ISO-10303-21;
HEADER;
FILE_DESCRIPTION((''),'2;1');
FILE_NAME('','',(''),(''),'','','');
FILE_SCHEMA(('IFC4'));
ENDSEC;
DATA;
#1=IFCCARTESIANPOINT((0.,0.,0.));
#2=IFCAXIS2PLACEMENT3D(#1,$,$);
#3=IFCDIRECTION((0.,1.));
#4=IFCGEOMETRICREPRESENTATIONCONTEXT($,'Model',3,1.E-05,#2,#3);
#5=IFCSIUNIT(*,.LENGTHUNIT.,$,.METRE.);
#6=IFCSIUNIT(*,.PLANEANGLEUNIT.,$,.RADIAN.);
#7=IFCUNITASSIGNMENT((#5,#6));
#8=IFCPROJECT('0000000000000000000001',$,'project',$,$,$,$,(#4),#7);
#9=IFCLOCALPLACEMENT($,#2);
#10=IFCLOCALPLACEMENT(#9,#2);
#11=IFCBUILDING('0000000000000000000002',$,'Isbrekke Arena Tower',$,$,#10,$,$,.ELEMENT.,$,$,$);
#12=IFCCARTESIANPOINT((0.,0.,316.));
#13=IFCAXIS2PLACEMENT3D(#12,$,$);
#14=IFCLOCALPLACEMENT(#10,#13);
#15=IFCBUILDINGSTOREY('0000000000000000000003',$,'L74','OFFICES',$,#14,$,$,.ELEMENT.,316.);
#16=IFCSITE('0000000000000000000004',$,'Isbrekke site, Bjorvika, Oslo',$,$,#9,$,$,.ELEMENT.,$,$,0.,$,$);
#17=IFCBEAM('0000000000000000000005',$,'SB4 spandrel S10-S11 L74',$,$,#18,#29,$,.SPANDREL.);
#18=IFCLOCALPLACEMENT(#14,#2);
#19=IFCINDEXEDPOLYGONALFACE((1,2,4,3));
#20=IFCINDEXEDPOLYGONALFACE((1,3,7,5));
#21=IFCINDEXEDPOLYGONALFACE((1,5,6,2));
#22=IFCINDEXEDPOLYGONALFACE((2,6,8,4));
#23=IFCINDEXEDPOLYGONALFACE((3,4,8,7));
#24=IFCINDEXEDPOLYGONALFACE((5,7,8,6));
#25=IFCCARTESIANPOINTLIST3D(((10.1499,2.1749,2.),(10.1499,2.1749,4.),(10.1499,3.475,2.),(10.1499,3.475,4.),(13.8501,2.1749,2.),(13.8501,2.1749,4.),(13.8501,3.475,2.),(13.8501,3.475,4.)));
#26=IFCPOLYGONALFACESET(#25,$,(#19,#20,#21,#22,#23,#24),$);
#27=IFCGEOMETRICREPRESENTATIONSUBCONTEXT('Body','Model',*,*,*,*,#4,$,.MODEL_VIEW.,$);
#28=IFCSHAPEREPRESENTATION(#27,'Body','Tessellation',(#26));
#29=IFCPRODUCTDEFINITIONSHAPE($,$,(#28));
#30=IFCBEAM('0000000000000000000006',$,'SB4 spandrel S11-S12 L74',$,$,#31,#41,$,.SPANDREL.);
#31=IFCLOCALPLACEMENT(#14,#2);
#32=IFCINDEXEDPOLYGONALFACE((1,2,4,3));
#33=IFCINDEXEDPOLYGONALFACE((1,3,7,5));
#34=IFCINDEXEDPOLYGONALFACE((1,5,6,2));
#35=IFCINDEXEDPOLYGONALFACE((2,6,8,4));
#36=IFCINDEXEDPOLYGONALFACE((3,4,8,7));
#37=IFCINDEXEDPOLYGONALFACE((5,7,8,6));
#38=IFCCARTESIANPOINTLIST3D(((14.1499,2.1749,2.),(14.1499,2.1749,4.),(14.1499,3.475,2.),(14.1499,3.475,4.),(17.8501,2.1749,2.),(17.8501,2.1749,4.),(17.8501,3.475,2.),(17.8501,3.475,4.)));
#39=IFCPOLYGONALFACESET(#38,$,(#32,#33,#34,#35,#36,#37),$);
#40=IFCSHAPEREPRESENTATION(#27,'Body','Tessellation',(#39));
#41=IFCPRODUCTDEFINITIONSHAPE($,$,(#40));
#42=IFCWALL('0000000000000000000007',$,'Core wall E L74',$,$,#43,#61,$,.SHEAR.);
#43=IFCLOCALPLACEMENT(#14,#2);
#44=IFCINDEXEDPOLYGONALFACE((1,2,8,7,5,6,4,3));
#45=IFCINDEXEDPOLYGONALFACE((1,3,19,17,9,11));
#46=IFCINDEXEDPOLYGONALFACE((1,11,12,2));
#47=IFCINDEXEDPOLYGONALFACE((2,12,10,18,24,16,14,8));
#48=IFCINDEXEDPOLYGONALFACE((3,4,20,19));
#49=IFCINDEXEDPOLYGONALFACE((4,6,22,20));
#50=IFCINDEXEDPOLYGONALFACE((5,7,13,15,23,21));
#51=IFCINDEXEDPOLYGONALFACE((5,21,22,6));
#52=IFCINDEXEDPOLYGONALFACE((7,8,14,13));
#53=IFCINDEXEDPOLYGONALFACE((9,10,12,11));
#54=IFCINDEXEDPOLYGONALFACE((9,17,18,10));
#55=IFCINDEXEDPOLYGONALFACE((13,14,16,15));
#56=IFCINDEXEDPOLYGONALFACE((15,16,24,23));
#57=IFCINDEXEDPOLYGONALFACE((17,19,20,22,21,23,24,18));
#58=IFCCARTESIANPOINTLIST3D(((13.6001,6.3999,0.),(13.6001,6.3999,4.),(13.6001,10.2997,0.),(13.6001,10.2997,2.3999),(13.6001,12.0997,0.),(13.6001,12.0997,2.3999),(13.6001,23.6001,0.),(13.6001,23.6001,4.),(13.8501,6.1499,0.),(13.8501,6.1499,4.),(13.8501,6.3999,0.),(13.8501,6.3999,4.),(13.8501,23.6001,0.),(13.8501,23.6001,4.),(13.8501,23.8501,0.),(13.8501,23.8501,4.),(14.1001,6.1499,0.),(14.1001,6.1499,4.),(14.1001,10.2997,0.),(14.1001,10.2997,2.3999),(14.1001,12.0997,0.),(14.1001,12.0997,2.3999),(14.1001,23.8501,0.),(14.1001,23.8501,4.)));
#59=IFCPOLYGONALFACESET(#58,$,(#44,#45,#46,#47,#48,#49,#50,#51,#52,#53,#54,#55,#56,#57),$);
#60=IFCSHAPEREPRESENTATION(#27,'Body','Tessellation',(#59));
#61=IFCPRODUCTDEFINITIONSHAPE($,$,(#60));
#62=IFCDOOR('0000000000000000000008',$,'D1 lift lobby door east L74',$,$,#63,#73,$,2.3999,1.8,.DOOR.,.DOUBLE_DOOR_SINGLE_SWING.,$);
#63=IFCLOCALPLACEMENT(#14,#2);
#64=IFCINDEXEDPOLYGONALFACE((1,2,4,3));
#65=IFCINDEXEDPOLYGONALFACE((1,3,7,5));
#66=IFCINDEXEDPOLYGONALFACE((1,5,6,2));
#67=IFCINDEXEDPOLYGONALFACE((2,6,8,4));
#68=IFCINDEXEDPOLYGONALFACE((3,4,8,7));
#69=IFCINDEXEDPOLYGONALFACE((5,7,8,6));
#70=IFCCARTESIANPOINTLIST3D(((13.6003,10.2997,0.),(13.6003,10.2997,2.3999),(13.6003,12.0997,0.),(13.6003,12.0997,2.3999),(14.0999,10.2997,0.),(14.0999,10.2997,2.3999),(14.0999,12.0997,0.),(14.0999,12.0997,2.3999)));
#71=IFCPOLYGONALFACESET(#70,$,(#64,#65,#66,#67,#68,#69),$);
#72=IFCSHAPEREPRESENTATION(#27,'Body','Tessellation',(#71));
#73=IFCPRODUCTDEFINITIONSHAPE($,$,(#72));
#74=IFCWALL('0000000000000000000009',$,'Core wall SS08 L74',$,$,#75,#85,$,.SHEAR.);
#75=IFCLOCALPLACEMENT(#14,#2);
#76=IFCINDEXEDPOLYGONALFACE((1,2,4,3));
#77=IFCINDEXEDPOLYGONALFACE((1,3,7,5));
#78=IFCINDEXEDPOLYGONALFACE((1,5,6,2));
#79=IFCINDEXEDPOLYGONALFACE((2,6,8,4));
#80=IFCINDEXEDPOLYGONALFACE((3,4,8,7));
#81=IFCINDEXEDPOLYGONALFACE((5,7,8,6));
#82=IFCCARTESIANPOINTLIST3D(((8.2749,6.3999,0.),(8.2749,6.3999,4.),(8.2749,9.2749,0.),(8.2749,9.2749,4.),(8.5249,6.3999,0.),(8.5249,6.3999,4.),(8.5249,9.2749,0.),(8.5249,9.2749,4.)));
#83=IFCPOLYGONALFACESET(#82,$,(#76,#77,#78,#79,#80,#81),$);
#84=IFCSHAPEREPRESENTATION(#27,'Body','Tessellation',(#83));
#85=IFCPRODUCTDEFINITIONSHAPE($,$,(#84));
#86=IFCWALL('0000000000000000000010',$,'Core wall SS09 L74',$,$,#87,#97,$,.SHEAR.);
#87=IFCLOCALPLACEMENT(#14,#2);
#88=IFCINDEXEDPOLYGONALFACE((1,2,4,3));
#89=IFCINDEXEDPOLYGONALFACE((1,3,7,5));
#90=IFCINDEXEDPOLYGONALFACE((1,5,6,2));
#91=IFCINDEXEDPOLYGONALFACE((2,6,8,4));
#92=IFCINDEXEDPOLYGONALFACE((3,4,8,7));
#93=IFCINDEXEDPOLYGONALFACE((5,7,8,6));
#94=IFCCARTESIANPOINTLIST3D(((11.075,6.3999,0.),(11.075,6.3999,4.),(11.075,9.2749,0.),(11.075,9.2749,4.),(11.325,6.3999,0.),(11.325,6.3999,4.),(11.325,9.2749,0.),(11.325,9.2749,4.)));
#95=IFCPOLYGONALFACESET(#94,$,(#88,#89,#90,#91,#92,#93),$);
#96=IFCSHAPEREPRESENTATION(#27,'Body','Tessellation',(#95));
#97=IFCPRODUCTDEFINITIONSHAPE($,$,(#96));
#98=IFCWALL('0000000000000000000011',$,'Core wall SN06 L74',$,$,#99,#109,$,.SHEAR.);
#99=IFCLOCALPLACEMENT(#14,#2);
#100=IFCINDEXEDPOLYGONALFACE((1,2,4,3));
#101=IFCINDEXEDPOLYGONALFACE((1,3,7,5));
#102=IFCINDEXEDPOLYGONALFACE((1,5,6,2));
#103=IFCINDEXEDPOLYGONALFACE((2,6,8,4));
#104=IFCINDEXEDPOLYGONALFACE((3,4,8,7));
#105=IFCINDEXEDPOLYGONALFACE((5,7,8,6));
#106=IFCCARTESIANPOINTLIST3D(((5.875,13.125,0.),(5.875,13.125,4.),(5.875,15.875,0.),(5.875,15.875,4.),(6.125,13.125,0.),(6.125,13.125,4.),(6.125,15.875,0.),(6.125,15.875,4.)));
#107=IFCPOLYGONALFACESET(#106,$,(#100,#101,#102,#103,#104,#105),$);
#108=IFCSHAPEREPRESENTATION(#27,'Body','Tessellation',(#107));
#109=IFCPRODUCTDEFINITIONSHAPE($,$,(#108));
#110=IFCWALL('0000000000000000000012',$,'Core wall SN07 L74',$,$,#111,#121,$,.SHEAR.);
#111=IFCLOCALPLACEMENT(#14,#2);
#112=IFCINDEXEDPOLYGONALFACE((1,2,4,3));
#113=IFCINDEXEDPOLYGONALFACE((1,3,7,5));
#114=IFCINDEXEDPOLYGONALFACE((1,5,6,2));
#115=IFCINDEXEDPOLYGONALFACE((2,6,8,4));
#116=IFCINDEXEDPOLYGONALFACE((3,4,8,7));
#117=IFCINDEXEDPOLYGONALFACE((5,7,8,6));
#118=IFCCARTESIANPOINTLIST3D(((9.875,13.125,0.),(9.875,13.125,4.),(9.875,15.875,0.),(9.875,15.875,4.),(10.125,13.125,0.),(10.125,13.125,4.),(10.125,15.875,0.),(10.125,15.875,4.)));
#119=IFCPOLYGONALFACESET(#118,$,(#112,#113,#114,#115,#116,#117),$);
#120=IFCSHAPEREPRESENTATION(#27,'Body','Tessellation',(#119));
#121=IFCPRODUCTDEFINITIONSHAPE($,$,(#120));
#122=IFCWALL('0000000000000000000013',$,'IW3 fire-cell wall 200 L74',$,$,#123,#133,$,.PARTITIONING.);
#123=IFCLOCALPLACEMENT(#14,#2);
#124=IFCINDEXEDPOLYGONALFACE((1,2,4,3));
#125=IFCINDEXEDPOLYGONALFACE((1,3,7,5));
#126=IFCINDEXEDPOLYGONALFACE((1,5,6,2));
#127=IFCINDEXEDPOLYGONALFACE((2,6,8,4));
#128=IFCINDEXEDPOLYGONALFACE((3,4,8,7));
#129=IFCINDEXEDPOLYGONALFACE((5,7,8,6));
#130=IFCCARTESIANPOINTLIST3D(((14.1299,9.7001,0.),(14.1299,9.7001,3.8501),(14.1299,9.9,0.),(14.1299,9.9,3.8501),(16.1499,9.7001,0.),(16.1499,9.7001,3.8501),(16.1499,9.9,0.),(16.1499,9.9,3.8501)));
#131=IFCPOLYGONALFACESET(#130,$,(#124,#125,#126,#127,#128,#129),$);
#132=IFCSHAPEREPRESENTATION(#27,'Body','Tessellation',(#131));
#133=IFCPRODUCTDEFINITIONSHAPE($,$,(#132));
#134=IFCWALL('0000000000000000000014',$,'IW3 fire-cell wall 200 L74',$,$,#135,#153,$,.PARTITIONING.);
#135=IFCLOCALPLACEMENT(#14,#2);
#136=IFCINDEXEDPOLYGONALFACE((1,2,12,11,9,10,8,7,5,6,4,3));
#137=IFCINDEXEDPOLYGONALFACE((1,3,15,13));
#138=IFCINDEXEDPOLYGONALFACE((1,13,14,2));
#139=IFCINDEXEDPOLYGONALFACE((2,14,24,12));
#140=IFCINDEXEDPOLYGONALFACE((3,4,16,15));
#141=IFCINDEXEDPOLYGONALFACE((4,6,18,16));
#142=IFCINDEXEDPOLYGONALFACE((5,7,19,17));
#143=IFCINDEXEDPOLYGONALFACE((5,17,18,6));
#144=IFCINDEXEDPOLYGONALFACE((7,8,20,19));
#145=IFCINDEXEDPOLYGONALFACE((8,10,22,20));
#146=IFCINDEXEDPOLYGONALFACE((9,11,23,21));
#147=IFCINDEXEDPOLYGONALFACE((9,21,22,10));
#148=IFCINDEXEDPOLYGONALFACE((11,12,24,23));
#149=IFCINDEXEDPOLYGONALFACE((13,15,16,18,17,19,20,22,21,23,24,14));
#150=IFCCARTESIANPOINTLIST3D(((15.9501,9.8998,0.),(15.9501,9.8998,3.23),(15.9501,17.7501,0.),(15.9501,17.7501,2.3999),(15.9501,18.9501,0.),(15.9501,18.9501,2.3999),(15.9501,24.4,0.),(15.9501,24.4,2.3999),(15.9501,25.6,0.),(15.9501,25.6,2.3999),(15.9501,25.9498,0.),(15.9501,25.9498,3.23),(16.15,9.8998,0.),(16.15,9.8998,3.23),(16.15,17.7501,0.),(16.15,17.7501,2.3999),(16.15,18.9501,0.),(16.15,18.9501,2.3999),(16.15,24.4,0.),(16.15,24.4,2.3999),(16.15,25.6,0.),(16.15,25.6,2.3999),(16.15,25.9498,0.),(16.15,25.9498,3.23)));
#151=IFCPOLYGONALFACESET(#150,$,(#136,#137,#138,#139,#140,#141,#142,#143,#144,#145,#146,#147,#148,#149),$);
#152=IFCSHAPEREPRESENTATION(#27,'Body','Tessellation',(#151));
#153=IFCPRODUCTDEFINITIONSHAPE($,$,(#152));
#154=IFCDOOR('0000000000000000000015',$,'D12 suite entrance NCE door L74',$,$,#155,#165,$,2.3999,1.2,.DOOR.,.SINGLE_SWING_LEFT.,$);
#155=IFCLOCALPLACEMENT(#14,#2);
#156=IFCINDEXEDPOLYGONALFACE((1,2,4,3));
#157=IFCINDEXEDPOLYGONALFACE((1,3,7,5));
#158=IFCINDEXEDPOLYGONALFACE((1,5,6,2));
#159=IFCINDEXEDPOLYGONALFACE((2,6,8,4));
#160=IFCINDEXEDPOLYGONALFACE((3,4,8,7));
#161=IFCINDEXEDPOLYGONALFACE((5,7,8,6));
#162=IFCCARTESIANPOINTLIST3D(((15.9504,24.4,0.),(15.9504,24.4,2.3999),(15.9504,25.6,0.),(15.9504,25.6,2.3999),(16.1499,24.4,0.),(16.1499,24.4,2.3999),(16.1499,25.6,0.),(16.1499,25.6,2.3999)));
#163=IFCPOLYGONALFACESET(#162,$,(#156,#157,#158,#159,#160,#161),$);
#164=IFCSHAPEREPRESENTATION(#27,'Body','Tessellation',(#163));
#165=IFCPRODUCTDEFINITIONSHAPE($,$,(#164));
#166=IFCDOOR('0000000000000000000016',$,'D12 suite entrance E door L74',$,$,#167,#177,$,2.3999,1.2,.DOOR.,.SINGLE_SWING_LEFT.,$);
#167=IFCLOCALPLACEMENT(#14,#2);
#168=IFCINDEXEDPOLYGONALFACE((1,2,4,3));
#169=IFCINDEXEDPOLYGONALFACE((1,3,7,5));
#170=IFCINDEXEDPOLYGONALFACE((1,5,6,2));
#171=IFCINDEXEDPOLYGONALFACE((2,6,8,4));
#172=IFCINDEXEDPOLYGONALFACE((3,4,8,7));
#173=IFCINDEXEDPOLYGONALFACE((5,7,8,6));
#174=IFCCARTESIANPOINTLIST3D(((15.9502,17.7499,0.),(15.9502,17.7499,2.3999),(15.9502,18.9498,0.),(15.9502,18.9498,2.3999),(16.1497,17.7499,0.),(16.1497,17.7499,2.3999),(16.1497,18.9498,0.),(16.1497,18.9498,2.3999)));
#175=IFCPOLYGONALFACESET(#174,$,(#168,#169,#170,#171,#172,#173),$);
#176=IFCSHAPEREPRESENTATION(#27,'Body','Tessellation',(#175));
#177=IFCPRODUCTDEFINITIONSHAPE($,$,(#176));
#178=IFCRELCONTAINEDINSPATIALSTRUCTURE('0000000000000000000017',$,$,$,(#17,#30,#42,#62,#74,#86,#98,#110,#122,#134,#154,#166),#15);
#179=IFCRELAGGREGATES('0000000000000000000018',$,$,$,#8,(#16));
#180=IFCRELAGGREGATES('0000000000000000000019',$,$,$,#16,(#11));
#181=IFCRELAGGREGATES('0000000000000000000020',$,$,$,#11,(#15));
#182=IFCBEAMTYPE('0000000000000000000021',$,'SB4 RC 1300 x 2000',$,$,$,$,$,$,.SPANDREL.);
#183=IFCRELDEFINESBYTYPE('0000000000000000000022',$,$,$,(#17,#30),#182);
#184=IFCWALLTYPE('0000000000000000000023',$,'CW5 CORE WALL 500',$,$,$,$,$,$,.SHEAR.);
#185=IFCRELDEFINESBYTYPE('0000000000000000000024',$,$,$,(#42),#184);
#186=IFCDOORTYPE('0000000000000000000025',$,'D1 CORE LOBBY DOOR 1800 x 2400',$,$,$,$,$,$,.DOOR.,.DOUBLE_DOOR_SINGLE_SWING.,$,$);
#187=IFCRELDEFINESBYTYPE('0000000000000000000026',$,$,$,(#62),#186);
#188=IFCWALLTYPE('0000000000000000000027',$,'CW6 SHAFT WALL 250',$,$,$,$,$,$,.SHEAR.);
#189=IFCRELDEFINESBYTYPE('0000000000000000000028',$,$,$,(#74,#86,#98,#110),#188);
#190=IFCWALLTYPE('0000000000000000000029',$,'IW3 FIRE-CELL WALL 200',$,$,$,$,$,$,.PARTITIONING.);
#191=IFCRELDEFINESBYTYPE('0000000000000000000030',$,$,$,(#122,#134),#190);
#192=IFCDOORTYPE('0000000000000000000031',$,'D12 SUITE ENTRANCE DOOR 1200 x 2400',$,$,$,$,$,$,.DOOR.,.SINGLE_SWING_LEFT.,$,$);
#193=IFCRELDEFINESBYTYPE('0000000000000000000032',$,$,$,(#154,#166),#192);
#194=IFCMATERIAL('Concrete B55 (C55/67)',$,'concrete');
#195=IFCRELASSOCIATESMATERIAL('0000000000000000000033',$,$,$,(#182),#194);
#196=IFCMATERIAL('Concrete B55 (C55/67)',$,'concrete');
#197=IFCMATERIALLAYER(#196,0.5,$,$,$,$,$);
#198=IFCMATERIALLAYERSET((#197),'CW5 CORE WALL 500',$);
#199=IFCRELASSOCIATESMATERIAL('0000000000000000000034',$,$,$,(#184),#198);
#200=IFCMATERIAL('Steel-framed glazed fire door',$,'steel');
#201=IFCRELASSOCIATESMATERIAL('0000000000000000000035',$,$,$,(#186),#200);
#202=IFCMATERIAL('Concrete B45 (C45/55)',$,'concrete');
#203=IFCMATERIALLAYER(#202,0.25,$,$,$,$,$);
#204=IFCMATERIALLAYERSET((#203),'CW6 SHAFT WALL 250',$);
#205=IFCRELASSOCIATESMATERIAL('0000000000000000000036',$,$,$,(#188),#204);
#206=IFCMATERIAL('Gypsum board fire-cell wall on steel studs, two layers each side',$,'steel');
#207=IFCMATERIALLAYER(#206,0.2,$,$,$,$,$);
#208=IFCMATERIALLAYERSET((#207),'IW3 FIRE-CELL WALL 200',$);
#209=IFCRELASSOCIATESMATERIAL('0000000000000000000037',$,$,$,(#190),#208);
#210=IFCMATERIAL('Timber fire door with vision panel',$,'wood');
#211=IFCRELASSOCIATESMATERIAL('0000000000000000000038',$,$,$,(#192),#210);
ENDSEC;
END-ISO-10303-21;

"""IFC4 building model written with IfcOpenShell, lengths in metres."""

from ifc_helpers import new_model, si_unit, direction, frame, frame_2d, origin, origin_2d, place, context, subcontext, project, spatial, polyline, rectangle, outline, extrude, material, layer, layer_set, material_profile, profile_set, type_object, element, fill, save


model = new_model("IFC4")

# Units and contexts
model_context = context("Model", 3, precision=1e-05, world=origin(), true_north=direction((0.0, 1.0)))
body_context = subcontext(model_context, "Body", "Model", "MODEL_VIEW")
ifc_project = project(units=[si_unit("LENGTHUNIT", "METRE"), si_unit("PLANEANGLEUNIT", "RADIAN")], contexts=[model_context])

# Site, building, storey
site_placement = place(None, origin())
site = spatial("IfcSite", under=ifc_project, at=site_placement, Name="Isbrekke site, Bjorvika, Oslo", CompositionType="ELEMENT", RefElevation=0.0)
building_placement = place(site_placement, origin())
building = spatial("IfcBuilding", under=site, at=building_placement, Name="Isbrekke Arena Tower", CompositionType="ELEMENT")
storey_placement = place(building_placement, frame((0.0, 0.0, 316.0)))
storey = spatial("IfcBuildingStorey", under=building, at=storey_placement, Name="L74", Description="OFFICES", CompositionType="ELEMENT", Elevation=316.0)

# Beams
ifc_material_1 = material(Name="Concrete B55 (C55/67)", Category="concrete")
ifc_material_profile_1 = material_profile(ifc_material_1, rectangle(XDim=1.3, YDim=2.0, at=origin_2d()), Name="RC 1300x2000")
ifc_profile_set_1 = profile_set([ifc_material_profile_1], Name="Concrete B55 (C55/67)")
beam_type_1 = type_object("IfcBeamType", Name="SB4 RC 1300 x 2000", PredefinedType="SPANDREL", material=ifc_profile_set_1)
for number, where, z_axis, x_axis, name in (
    (1, (10.1499, 2.825, 3.0), (1.0, 0.0, 0.0), (0.0, 1.0, 0.0), "SB4 spandrel S10-S11 L74"),
    (2, (14.1499, 2.825, 3.0), (1.0, 0.0, 0.0), (0.0, 1.0, 0.0), "SB4 spandrel S11-S12 L74"),
):
    element("IfcBeam", number, at=place(storey_placement, frame(where, z_axis=z_axis, x_axis=x_axis)), inside=storey, type_object=beam_type_1, Name=name, PredefinedType="SPANDREL", context=body_context, shape_type="SweptSolid", body=[
        extrude(rectangle(XDim=1.3, YDim=2.0, at=origin_2d()), origin(), (0.0, 0.0, 1.0), 3.7002),
    ])

# Wall, opening, door
ifc_material_2 = material(Name="Concrete B55 (C55/67)", Category="concrete")
ifc_layer_1 = layer(ifc_material_2, 0.5)
ifc_layer_set_1 = layer_set([ifc_layer_1], Name="CW5 CORE WALL 500")
wall_type_1 = type_object("IfcWallType", Name="CW5 CORE WALL 500", PredefinedType="SHEAR", material=ifc_layer_set_1)
wall_1_placement = place(storey_placement, frame((13.8501, 6.1499, 0.0), z_axis=(0.0, 0.0, 1.0), x_axis=(0.0, 1.0, 0.0)))
wall_1 = element("IfcWall", 3, at=wall_1_placement, inside=storey, type_object=wall_type_1, Name="Core wall E L74", PredefinedType="SHEAR", context=body_context, shape_type="SweptSolid", body=[
    extrude(outline(polyline([(0.0, -0.25), (17.7002, -0.25), (17.7002, 0.0), (17.4502, 0.0), (17.4502, 0.25), (0.25, 0.25), (0.25, 0.0), (0.0, 0.0), (0.0, -0.25)])), origin(), (0.0, 0.0, 1.0), 4.0),
])
opening_1_placement = place(wall_1_placement, frame((4.1499, 0.0, 0.0)))
opening_1 = element("IfcOpeningElement", 4, at=opening_1_placement, cuts=wall_1, PredefinedType="OPENING", context=body_context, shape_type="SweptSolid", body=[
    extrude(rectangle(XDim=1.8, YDim=2.3999, at=frame_2d((0.8999, 1.2))), frame((0.0, 0.2649, 0.0), z_axis=(0.0, -1.0, 0.0), x_axis=(1.0, 0.0, 0.0)), (0.0, 0.0, 1.0), 0.5298),
])
ifc_material_3 = material(Name="Steel-framed glazed fire door", Category="steel")
door_type_1 = type_object("IfcDoorType", Name="D1 CORE LOBBY DOOR 1800 x 2400", OperationType="DOUBLE_DOOR_SINGLE_SWING", PredefinedType="DOOR", material=ifc_material_3)
door_1_placement = place(opening_1_placement, origin())
door_1 = element("IfcDoor", 5, at=door_1_placement, inside=storey, type_object=door_type_1, Name="D1 lift lobby door east L74", OperationType="DOUBLE_DOOR_SINGLE_SWING", OverallHeight=2.3999, OverallWidth=1.8, PredefinedType="DOOR", context=body_context, shape_type="SweptSolid", body=[
    extrude(rectangle(XDim=1.8, YDim=2.3999, at=frame_2d((0.8999, 1.2))), frame((0.0, 0.2498, 0.0), z_axis=(0.0, -1.0, 0.0), x_axis=(1.0, 0.0, 0.0)), (0.0, 0.0, 1.0), 0.4995),
])
fill(opening_1, door_1)

# Walls
ifc_material_4 = material(Name="Concrete B45 (C45/55)", Category="concrete")
ifc_layer_2 = layer(ifc_material_4, 0.25)
ifc_layer_set_2 = layer_set([ifc_layer_2], Name="CW6 SHAFT WALL 250")
wall_type_2 = type_object("IfcWallType", Name="CW6 SHAFT WALL 250", PredefinedType="SHEAR", material=ifc_layer_set_2)
for number, where, z_axis, x_axis, name in (
    (6, (8.3999, 6.3999, 0.0), (0.0, 0.0, 1.0), (0.0, 1.0, 0.0), "Core wall SS08 L74"),
    (7, (11.2, 6.3999, 0.0), (0.0, 0.0, 1.0), (0.0, 1.0, 0.0), "Core wall SS09 L74"),
):
    element("IfcWall", number, at=place(storey_placement, frame(where, z_axis=z_axis, x_axis=x_axis)), inside=storey, type_object=wall_type_2, Name=name, PredefinedType="SHEAR", context=body_context, shape_type="SweptSolid", body=[
        extrude(rectangle(XDim=2.875, YDim=0.25, at=frame_2d((1.4375, 0.0))), origin(), (0.0, 0.0, 1.0), 4.0),
    ])
for number, where, z_axis, x_axis, name in (
    (8, (6.0, 13.125, 0.0), (0.0, 0.0, 1.0), (0.0, 1.0, 0.0), "Core wall SN06 L74"),
    (9, (10.0, 13.125, 0.0), (0.0, 0.0, 1.0), (0.0, 1.0, 0.0), "Core wall SN07 L74"),
):
    element("IfcWall", number, at=place(storey_placement, frame(where, z_axis=z_axis, x_axis=x_axis)), inside=storey, type_object=wall_type_2, Name=name, PredefinedType="SHEAR", context=body_context, shape_type="SweptSolid", body=[
        extrude(rectangle(XDim=2.75, YDim=0.25, at=frame_2d((1.375, 0.0))), origin(), (0.0, 0.0, 1.0), 4.0),
    ])

# Wall
ifc_material_5 = material(Name="Gypsum board fire-cell wall on steel studs, two layers each side", Category="steel")
ifc_layer_3 = layer(ifc_material_5, 0.2)
ifc_layer_set_3 = layer_set([ifc_layer_3], Name="IW3 FIRE-CELL WALL 200")
wall_type_3 = type_object("IfcWallType", Name="IW3 FIRE-CELL WALL 200", PredefinedType="PARTITIONING", material=ifc_layer_set_3)
wall_2_placement = place(storey_placement, frame((14.1299, 9.8, 0.0), z_axis=(0.0, 0.0, 1.0), x_axis=(1.0, 0.0, 0.0)))
element("IfcWall", 10, at=wall_2_placement, inside=storey, type_object=wall_type_3, Name="IW3 fire-cell wall 200 L74", PredefinedType="PARTITIONING", context=body_context, shape_type="SweptSolid", body=[
    extrude(rectangle(XDim=2.02, YDim=0.2, at=frame_2d((1.01, 0.0))), origin(), (0.0, 0.0, 1.0), 3.8501),
])

# Wall, openings, doors
wall_3_placement = place(storey_placement, frame((16.05, 9.8999, 0.0), z_axis=(0.0, 0.0, 1.0), x_axis=(0.0, 1.0, 0.0)))
wall_3 = element("IfcWall", 11, at=wall_3_placement, inside=storey, type_object=wall_type_3, Name="IW3 fire-cell wall 200 L74", PredefinedType="PARTITIONING", context=body_context, shape_type="SweptSolid", body=[
    extrude(rectangle(XDim=16.05, YDim=0.2, at=frame_2d((8.0249, 0.0))), origin(), (0.0, 0.0, 1.0), 3.23),
])
opening_2_placement = place(wall_3_placement, frame((14.5, 0.0, 0.0)))
opening_2 = element("IfcOpeningElement", 12, at=opening_2_placement, cuts=wall_3, PredefinedType="OPENING", context=body_context, shape_type="SweptSolid", body=[
    extrude(rectangle(XDim=1.2, YDim=2.3999, at=frame_2d((0.6001, 1.2))), frame((0.0, 0.1147, 0.0), z_axis=(0.0, -1.0, 0.0), x_axis=(1.0, 0.0, 0.0)), (0.0, 0.0, 1.0), 0.2297),
])
opening_3_placement = place(wall_3_placement, frame((7.8501, 0.0, 0.0)))
opening_3 = element("IfcOpeningElement", 13, at=opening_3_placement, cuts=wall_3, PredefinedType="OPENING", context=body_context, shape_type="SweptSolid", body=[
    extrude(rectangle(XDim=1.2, YDim=2.3999, at=frame_2d((0.6001, 1.2))), frame((0.0, 0.1147, 0.0), z_axis=(0.0, -1.0, 0.0), x_axis=(1.0, 0.0, 0.0)), (0.0, 0.0, 1.0), 0.2297),
])
ifc_material_6 = material(Name="Timber fire door with vision panel", Category="wood")
door_type_2 = type_object("IfcDoorType", Name="D12 SUITE ENTRANCE DOOR 1200 x 2400", OperationType="SINGLE_SWING_LEFT", PredefinedType="DOOR", material=ifc_material_6)
door_2_placement = place(opening_2_placement, origin())
door_2 = element("IfcDoor", 14, at=door_2_placement, inside=storey, type_object=door_type_2, Name="D12 suite entrance NCE door L74", OperationType="SINGLE_SWING_LEFT", OverallHeight=2.3999, OverallWidth=1.2, PredefinedType="DOOR", context=body_context, shape_type="SweptSolid", body=[
    extrude(rectangle(XDim=1.2, YDim=2.3999, at=frame_2d((0.6001, 1.2))), frame((0.0, 0.0996, 0.0), z_axis=(0.0, -1.0, 0.0), x_axis=(1.0, 0.0, 0.0)), (0.0, 0.0, 1.0), 0.1995),
])
fill(opening_2, door_2)
door_3_placement = place(opening_3_placement, frame((1.2, 0.0, 0.0), z_axis=(0.0, 0.0, 1.0), x_axis=(-1.0, 0.0, 0.0)))
door_3 = element("IfcDoor", 15, at=door_3_placement, inside=storey, type_object=door_type_2, Name="D12 suite entrance E door L74", OperationType="SINGLE_SWING_LEFT", OverallHeight=2.3999, OverallWidth=1.2, PredefinedType="DOOR", context=body_context, shape_type="SweptSolid", body=[
    extrude(rectangle(XDim=1.2, YDim=2.3999, at=frame_2d((0.6001, 1.2))), frame((0.0, 0.0996, 0.0), z_axis=(0.0, -1.0, 0.0), x_axis=(1.0, 0.0, 0.0)), (0.0, 0.0, 1.0), 0.1995),
])
fill(opening_3, door_3)

save(model, "model.ifc")
